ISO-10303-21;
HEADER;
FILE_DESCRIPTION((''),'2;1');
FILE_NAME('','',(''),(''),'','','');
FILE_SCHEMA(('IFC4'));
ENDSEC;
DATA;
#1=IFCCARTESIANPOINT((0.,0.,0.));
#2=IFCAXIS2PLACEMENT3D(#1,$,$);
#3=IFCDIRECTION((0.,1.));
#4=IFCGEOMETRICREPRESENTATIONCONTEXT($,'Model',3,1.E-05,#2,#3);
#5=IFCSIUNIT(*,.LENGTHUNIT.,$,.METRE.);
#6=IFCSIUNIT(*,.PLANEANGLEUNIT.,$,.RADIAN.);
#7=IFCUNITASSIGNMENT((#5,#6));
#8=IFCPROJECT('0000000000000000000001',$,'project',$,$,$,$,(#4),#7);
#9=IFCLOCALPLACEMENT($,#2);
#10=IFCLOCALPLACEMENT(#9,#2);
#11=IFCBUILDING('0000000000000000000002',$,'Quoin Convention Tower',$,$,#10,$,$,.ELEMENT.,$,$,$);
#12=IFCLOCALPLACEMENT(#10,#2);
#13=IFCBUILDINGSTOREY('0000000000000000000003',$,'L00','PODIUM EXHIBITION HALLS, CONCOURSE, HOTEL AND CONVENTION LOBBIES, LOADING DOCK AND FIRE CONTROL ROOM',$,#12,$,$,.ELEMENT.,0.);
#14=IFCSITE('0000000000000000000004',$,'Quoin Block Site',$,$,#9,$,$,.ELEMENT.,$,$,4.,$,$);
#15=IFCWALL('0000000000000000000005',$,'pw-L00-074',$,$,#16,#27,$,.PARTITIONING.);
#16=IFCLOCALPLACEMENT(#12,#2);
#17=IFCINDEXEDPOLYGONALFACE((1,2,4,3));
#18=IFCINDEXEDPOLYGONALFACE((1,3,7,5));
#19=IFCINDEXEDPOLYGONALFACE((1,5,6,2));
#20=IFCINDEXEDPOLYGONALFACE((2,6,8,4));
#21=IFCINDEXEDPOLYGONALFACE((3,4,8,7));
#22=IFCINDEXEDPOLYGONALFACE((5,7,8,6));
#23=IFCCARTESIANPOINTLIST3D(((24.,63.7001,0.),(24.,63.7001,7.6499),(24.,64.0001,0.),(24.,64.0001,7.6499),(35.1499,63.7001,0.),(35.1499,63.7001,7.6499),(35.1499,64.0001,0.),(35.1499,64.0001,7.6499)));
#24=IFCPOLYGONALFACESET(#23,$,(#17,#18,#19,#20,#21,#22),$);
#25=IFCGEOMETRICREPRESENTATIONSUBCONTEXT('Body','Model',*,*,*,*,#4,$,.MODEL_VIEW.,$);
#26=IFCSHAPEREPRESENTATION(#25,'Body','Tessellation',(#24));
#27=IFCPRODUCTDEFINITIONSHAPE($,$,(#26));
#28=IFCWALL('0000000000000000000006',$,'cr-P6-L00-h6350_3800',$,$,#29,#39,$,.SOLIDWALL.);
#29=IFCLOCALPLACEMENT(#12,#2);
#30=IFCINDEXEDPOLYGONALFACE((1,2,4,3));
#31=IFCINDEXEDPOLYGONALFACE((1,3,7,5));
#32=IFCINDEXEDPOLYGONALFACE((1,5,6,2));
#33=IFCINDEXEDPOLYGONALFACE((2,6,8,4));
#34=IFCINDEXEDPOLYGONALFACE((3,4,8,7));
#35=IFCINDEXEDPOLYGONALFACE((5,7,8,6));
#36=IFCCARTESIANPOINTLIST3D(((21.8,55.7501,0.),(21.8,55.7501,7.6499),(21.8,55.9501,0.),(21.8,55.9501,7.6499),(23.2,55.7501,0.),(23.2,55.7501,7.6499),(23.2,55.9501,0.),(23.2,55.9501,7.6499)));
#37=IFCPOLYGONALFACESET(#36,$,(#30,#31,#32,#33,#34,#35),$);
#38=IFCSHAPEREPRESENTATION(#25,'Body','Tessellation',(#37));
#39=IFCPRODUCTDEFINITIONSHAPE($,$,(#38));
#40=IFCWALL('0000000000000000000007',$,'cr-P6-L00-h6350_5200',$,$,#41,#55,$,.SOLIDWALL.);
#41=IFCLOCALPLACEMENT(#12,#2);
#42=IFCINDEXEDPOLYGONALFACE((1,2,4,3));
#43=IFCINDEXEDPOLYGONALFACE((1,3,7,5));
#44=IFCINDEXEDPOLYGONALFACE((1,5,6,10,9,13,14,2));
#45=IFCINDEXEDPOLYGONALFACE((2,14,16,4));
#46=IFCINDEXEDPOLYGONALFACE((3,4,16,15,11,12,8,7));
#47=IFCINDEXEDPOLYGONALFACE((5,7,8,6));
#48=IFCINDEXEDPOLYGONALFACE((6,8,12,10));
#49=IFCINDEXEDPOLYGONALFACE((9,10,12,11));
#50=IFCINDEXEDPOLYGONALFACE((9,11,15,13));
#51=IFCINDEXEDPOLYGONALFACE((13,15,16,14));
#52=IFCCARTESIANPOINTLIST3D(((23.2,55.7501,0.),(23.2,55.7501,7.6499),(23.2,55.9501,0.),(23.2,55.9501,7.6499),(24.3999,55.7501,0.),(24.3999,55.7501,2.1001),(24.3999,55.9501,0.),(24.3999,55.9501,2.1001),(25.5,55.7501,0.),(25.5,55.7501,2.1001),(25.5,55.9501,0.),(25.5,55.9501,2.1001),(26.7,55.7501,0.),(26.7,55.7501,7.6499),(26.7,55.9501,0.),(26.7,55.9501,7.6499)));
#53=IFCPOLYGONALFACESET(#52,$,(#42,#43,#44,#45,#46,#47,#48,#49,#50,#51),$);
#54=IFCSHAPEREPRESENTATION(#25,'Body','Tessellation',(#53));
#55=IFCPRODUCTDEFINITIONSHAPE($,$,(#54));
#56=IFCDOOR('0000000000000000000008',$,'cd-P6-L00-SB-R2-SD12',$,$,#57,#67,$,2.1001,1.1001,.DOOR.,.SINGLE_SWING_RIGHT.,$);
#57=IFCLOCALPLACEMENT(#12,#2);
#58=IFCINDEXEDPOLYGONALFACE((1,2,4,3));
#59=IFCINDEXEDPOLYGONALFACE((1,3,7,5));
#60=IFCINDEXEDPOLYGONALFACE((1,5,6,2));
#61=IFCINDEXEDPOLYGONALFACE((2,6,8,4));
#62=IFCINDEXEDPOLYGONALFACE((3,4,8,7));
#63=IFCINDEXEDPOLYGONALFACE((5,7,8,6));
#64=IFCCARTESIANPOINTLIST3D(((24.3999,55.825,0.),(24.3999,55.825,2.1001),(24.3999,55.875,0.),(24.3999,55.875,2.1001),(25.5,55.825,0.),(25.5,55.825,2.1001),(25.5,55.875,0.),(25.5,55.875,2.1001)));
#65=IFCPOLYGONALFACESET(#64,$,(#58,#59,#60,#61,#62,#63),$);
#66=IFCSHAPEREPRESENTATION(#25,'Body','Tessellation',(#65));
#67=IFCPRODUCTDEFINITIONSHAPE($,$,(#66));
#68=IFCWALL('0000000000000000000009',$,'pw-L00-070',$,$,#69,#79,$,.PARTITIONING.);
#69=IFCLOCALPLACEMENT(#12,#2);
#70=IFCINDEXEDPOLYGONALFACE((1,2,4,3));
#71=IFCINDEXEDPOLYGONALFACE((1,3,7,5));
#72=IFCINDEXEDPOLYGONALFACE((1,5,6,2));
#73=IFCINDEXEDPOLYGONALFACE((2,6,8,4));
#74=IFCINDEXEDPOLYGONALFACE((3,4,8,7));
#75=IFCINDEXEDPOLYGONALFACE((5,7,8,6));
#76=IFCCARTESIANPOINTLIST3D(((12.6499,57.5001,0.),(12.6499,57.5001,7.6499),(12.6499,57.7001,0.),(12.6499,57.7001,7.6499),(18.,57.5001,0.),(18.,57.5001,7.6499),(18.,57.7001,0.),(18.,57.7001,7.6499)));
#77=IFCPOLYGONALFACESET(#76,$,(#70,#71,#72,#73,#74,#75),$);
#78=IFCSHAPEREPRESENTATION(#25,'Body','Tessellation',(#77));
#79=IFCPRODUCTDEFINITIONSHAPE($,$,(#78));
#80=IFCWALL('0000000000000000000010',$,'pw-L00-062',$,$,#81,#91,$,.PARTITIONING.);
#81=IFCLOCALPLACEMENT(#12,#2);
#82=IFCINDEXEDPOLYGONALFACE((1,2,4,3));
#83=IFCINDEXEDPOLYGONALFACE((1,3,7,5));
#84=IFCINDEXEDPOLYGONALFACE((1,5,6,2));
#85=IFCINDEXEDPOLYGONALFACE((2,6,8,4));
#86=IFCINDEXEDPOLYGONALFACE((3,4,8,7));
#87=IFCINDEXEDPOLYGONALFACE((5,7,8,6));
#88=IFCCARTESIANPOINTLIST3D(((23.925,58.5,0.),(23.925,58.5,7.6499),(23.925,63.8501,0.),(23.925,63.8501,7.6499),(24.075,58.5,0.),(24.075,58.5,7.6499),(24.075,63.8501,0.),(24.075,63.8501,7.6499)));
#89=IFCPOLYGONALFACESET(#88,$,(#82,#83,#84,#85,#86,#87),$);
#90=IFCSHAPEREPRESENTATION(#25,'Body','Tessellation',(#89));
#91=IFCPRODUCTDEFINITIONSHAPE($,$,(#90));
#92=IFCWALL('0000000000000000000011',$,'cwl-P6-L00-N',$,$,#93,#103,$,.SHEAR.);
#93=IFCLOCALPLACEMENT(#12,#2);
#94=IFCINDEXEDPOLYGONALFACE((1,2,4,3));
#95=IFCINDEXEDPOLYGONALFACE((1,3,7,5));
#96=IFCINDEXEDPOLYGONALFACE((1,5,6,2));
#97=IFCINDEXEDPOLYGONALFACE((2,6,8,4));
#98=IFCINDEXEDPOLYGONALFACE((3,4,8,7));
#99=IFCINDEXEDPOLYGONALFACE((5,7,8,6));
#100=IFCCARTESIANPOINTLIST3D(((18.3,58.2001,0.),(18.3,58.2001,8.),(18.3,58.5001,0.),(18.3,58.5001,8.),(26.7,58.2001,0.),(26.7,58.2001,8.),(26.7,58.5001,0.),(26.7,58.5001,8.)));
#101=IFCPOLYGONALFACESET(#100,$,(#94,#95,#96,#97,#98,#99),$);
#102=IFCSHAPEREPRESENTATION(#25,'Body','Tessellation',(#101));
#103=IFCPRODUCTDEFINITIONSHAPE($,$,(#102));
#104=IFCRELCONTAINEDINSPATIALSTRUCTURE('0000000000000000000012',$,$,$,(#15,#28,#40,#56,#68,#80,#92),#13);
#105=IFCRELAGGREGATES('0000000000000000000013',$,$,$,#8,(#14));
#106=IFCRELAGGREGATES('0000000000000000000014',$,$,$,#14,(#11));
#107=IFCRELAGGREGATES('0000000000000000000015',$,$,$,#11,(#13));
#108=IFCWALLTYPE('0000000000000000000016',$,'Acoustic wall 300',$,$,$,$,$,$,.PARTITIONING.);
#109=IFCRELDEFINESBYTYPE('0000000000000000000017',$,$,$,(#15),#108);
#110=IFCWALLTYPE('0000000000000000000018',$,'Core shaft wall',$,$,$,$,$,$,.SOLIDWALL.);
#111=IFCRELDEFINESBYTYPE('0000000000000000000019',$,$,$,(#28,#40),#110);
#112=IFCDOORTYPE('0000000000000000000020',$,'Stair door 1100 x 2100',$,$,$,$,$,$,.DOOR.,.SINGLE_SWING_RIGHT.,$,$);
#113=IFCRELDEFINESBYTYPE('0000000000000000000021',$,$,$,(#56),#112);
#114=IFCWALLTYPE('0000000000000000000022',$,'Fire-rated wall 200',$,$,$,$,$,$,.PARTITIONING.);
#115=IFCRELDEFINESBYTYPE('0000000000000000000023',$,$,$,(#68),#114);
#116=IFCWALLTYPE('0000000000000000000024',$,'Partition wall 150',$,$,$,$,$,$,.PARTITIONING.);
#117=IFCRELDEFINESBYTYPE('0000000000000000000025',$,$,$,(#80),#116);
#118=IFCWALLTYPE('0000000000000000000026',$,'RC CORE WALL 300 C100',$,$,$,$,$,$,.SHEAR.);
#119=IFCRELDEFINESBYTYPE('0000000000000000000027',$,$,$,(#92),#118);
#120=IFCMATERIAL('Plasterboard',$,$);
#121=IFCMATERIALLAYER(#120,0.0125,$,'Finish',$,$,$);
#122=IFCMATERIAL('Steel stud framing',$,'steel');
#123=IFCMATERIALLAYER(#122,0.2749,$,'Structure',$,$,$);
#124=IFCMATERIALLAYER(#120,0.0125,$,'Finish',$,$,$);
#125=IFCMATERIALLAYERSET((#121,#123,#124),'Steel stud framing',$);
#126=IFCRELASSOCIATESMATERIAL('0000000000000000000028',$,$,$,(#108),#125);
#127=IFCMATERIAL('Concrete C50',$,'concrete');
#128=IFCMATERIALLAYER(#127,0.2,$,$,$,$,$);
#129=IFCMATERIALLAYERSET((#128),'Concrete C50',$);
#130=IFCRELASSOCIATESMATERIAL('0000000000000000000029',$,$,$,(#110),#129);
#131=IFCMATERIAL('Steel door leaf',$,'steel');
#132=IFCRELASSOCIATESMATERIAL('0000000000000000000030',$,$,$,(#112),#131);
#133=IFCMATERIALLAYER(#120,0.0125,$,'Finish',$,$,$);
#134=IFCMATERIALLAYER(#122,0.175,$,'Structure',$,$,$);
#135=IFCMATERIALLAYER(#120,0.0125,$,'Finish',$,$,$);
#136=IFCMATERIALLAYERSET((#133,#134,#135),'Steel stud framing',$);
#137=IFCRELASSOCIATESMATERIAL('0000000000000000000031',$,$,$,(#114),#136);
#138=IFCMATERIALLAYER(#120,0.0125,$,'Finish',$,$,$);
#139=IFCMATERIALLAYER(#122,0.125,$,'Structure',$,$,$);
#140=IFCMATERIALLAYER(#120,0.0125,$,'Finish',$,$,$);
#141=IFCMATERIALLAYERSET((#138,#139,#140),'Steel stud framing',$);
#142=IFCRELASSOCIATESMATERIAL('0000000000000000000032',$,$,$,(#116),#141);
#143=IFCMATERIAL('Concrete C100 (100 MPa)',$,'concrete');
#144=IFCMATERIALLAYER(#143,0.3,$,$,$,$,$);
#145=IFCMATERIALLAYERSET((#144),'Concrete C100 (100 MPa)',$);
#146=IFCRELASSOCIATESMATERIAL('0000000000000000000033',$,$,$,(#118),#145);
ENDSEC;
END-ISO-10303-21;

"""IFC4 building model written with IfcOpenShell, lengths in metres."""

from ifc_helpers import new_model, si_unit, direction, frame, frame_2d, origin, place, context, subcontext, project, spatial, rectangle, extrude, material, layer, layer_set, type_object, element, fill, save


model = new_model("IFC4")

# Units and contexts
model_context = context("Model", 3, precision=1e-05, world=origin(), true_north=direction((0.0, 1.0)))
body_context = subcontext(model_context, "Body", "Model", "MODEL_VIEW")
ifc_project = project(units=[si_unit("LENGTHUNIT", "METRE"), si_unit("PLANEANGLEUNIT", "RADIAN")], contexts=[model_context])

# Site, building, storey
site_placement = place(None, origin())
site = spatial("IfcSite", under=ifc_project, at=site_placement, Name="Quoin Block Site", CompositionType="ELEMENT", RefElevation=4.0)
building_placement = place(site_placement, origin())
building = spatial("IfcBuilding", under=site, at=building_placement, Name="Quoin Convention Tower", CompositionType="ELEMENT")
storey_placement = place(building_placement, origin())
storey = spatial("IfcBuildingStorey", under=building, at=storey_placement, Name="L00", Description="PODIUM EXHIBITION HALLS, CONCOURSE, HOTEL AND CONVENTION LOBBIES, LOADING DOCK AND FIRE CONTROL ROOM", CompositionType="ELEMENT", Elevation=0.0)

# Shared definitions
ifc_material_1 = material(Name="Concrete C100 (100 MPa)", Category="concrete")

# Walls
ifc_material_2 = material(Name="Plasterboard")
ifc_layer_1 = layer(ifc_material_2, 0.0125, Name="Finish")
ifc_material_3 = material(Name="Steel stud framing", Category="steel")
ifc_layer_2 = layer(ifc_material_3, 0.2749, Name="Structure")
ifc_layer_3 = layer(ifc_material_2, 0.0125, Name="Finish")
ifc_layer_set_1 = layer_set([ifc_layer_1, ifc_layer_2, ifc_layer_3], Name="Steel stud framing")
wall_type_1 = type_object("IfcWallType", Name="Acoustic wall 300", PredefinedType="PARTITIONING", material=ifc_layer_set_1)
wall_1_placement = place(storey_placement, frame((24.0, 63.8501, 0.0), z_axis=(0.0, 0.0, 1.0), x_axis=(1.0, 0.0, 0.0)))
element("IfcWall", 1, at=wall_1_placement, inside=storey, type_object=wall_type_1, Name="pw-L00-074", PredefinedType="PARTITIONING", context=body_context, shape_type="SweptSolid", body=[
    extrude(rectangle(XDim=11.1499, YDim=0.3, at=frame_2d((5.575, 0.0))), origin(), (0.0, 0.0, 1.0), 7.6499),
])
ifc_material_4 = material(Name="Concrete C50", Category="concrete")
ifc_layer_4 = layer(ifc_material_4, 0.2)
ifc_layer_set_2 = layer_set([ifc_layer_4], Name="Concrete C50")
wall_type_2 = type_object("IfcWallType", Name="Core shaft wall", PredefinedType="SOLIDWALL", material=ifc_layer_set_2)
wall_2_placement = place(storey_placement, frame((21.8, 55.8501, 0.0), z_axis=(0.0, 0.0, 1.0), x_axis=(1.0, 0.0, 0.0)))
element("IfcWall", 2, at=wall_2_placement, inside=storey, type_object=wall_type_2, Name="cr-P6-L00-h6350_3800", PredefinedType="SOLIDWALL", context=body_context, shape_type="SweptSolid", body=[
    extrude(rectangle(XDim=1.3999, YDim=0.2, at=frame_2d((0.7, 0.0))), origin(), (0.0, 0.0, 1.0), 7.6499),
])

# Wall, opening, door
wall_3_placement = place(storey_placement, frame((23.2, 55.8501, 0.0), z_axis=(0.0, 0.0, 1.0), x_axis=(1.0, 0.0, 0.0)))
wall_3 = element("IfcWall", 3, at=wall_3_placement, inside=storey, type_object=wall_type_2, Name="cr-P6-L00-h6350_5200", PredefinedType="SOLIDWALL", context=body_context, shape_type="SweptSolid", body=[
    extrude(rectangle(XDim=3.5, YDim=0.2, at=frame_2d((1.75, 0.0))), origin(), (0.0, 0.0, 1.0), 7.6499),
])
opening_placement = place(wall_3_placement, frame((1.2, 0.0, 0.0)))
opening = element("IfcOpeningElement", 4, at=opening_placement, cuts=wall_3, PredefinedType="OPENING", context=body_context, shape_type="SweptSolid", body=[
    extrude(rectangle(XDim=1.1001, YDim=2.1001, at=frame_2d((0.55, 1.05))), frame((0.0, 0.1099, 0.0), z_axis=(0.0, -1.0, 0.0), x_axis=(1.0, 0.0, 0.0)), (0.0, 0.0, 1.0), 0.22),
])
ifc_material_5 = material(Name="Steel door leaf", Category="steel")
door_type = type_object("IfcDoorType", Name="Stair door 1100 x 2100", OperationType="SINGLE_SWING_RIGHT", PredefinedType="DOOR", material=ifc_material_5)
door_placement = place(opening_placement, origin())
door = element("IfcDoor", 5, at=door_placement, inside=storey, type_object=door_type, Name="cd-P6-L00-SB-R2-SD12", OperationType="SINGLE_SWING_RIGHT", OverallHeight=2.1001, OverallWidth=1.1001, PredefinedType="DOOR", context=body_context, shape_type="SweptSolid", body=[
    extrude(rectangle(XDim=1.1001, YDim=2.1001, at=frame_2d((0.55, 1.05))), frame((0.0, 0.0249, 0.0), z_axis=(0.0, -1.0, 0.0), x_axis=(1.0, 0.0, 0.0)), (0.0, 0.0, 1.0), 0.05),
])
fill(opening, door)

# Walls
ifc_layer_5 = layer(ifc_material_2, 0.0125, Name="Finish")
ifc_layer_6 = layer(ifc_material_3, 0.175, Name="Structure")
ifc_layer_7 = layer(ifc_material_2, 0.0125, Name="Finish")
ifc_layer_set_3 = layer_set([ifc_layer_5, ifc_layer_6, ifc_layer_7], Name="Steel stud framing")
wall_type_3 = type_object("IfcWallType", Name="Fire-rated wall 200", PredefinedType="PARTITIONING", material=ifc_layer_set_3)
wall_4_placement = place(storey_placement, frame((12.6499, 57.6001, 0.0), z_axis=(0.0, 0.0, 1.0), x_axis=(1.0, 0.0, 0.0)))
element("IfcWall", 6, at=wall_4_placement, inside=storey, type_object=wall_type_3, Name="pw-L00-070", PredefinedType="PARTITIONING", context=body_context, shape_type="SweptSolid", body=[
    extrude(rectangle(XDim=5.3501, YDim=0.2, at=frame_2d((2.675, 0.0))), origin(), (0.0, 0.0, 1.0), 7.6499),
])
ifc_layer_8 = layer(ifc_material_2, 0.0125, Name="Finish")
ifc_layer_9 = layer(ifc_material_3, 0.125, Name="Structure")
ifc_layer_10 = layer(ifc_material_2, 0.0125, Name="Finish")
ifc_layer_set_4 = layer_set([ifc_layer_8, ifc_layer_9, ifc_layer_10], Name="Steel stud framing")
wall_type_4 = type_object("IfcWallType", Name="Partition wall 150", PredefinedType="PARTITIONING", material=ifc_layer_set_4)
wall_5_placement = place(storey_placement, frame((24.0, 58.5, 0.0), z_axis=(0.0, 0.0, 1.0), x_axis=(0.0, 1.0, 0.0)))
element("IfcWall", 7, at=wall_5_placement, inside=storey, type_object=wall_type_4, Name="pw-L00-062", PredefinedType="PARTITIONING", context=body_context, shape_type="SweptSolid", body=[
    extrude(rectangle(XDim=5.3501, YDim=0.1499, at=frame_2d((2.675, 0.0))), origin(), (0.0, 0.0, 1.0), 7.6499),
])
ifc_layer_11 = layer(ifc_material_1, 0.3)
ifc_layer_set_5 = layer_set([ifc_layer_11], Name="Concrete C100 (100 MPa)")
wall_type_5 = type_object("IfcWallType", Name="RC CORE WALL 300 C100", PredefinedType="SHEAR", material=ifc_layer_set_5)
wall_6_placement = place(storey_placement, frame((18.3, 58.3501, 0.0), z_axis=(0.0, 0.0, 1.0), x_axis=(1.0, 0.0, 0.0)))
element("IfcWall", 8, at=wall_6_placement, inside=storey, type_object=wall_type_5, Name="cwl-P6-L00-N", PredefinedType="SHEAR", context=body_context, shape_type="SweptSolid", body=[
    extrude(rectangle(XDim=8.3999, YDim=0.3, at=frame_2d((4.2, 0.0))), origin(), (0.0, 0.0, 1.0), 8.0),
])

save(model, "model.ifc")
